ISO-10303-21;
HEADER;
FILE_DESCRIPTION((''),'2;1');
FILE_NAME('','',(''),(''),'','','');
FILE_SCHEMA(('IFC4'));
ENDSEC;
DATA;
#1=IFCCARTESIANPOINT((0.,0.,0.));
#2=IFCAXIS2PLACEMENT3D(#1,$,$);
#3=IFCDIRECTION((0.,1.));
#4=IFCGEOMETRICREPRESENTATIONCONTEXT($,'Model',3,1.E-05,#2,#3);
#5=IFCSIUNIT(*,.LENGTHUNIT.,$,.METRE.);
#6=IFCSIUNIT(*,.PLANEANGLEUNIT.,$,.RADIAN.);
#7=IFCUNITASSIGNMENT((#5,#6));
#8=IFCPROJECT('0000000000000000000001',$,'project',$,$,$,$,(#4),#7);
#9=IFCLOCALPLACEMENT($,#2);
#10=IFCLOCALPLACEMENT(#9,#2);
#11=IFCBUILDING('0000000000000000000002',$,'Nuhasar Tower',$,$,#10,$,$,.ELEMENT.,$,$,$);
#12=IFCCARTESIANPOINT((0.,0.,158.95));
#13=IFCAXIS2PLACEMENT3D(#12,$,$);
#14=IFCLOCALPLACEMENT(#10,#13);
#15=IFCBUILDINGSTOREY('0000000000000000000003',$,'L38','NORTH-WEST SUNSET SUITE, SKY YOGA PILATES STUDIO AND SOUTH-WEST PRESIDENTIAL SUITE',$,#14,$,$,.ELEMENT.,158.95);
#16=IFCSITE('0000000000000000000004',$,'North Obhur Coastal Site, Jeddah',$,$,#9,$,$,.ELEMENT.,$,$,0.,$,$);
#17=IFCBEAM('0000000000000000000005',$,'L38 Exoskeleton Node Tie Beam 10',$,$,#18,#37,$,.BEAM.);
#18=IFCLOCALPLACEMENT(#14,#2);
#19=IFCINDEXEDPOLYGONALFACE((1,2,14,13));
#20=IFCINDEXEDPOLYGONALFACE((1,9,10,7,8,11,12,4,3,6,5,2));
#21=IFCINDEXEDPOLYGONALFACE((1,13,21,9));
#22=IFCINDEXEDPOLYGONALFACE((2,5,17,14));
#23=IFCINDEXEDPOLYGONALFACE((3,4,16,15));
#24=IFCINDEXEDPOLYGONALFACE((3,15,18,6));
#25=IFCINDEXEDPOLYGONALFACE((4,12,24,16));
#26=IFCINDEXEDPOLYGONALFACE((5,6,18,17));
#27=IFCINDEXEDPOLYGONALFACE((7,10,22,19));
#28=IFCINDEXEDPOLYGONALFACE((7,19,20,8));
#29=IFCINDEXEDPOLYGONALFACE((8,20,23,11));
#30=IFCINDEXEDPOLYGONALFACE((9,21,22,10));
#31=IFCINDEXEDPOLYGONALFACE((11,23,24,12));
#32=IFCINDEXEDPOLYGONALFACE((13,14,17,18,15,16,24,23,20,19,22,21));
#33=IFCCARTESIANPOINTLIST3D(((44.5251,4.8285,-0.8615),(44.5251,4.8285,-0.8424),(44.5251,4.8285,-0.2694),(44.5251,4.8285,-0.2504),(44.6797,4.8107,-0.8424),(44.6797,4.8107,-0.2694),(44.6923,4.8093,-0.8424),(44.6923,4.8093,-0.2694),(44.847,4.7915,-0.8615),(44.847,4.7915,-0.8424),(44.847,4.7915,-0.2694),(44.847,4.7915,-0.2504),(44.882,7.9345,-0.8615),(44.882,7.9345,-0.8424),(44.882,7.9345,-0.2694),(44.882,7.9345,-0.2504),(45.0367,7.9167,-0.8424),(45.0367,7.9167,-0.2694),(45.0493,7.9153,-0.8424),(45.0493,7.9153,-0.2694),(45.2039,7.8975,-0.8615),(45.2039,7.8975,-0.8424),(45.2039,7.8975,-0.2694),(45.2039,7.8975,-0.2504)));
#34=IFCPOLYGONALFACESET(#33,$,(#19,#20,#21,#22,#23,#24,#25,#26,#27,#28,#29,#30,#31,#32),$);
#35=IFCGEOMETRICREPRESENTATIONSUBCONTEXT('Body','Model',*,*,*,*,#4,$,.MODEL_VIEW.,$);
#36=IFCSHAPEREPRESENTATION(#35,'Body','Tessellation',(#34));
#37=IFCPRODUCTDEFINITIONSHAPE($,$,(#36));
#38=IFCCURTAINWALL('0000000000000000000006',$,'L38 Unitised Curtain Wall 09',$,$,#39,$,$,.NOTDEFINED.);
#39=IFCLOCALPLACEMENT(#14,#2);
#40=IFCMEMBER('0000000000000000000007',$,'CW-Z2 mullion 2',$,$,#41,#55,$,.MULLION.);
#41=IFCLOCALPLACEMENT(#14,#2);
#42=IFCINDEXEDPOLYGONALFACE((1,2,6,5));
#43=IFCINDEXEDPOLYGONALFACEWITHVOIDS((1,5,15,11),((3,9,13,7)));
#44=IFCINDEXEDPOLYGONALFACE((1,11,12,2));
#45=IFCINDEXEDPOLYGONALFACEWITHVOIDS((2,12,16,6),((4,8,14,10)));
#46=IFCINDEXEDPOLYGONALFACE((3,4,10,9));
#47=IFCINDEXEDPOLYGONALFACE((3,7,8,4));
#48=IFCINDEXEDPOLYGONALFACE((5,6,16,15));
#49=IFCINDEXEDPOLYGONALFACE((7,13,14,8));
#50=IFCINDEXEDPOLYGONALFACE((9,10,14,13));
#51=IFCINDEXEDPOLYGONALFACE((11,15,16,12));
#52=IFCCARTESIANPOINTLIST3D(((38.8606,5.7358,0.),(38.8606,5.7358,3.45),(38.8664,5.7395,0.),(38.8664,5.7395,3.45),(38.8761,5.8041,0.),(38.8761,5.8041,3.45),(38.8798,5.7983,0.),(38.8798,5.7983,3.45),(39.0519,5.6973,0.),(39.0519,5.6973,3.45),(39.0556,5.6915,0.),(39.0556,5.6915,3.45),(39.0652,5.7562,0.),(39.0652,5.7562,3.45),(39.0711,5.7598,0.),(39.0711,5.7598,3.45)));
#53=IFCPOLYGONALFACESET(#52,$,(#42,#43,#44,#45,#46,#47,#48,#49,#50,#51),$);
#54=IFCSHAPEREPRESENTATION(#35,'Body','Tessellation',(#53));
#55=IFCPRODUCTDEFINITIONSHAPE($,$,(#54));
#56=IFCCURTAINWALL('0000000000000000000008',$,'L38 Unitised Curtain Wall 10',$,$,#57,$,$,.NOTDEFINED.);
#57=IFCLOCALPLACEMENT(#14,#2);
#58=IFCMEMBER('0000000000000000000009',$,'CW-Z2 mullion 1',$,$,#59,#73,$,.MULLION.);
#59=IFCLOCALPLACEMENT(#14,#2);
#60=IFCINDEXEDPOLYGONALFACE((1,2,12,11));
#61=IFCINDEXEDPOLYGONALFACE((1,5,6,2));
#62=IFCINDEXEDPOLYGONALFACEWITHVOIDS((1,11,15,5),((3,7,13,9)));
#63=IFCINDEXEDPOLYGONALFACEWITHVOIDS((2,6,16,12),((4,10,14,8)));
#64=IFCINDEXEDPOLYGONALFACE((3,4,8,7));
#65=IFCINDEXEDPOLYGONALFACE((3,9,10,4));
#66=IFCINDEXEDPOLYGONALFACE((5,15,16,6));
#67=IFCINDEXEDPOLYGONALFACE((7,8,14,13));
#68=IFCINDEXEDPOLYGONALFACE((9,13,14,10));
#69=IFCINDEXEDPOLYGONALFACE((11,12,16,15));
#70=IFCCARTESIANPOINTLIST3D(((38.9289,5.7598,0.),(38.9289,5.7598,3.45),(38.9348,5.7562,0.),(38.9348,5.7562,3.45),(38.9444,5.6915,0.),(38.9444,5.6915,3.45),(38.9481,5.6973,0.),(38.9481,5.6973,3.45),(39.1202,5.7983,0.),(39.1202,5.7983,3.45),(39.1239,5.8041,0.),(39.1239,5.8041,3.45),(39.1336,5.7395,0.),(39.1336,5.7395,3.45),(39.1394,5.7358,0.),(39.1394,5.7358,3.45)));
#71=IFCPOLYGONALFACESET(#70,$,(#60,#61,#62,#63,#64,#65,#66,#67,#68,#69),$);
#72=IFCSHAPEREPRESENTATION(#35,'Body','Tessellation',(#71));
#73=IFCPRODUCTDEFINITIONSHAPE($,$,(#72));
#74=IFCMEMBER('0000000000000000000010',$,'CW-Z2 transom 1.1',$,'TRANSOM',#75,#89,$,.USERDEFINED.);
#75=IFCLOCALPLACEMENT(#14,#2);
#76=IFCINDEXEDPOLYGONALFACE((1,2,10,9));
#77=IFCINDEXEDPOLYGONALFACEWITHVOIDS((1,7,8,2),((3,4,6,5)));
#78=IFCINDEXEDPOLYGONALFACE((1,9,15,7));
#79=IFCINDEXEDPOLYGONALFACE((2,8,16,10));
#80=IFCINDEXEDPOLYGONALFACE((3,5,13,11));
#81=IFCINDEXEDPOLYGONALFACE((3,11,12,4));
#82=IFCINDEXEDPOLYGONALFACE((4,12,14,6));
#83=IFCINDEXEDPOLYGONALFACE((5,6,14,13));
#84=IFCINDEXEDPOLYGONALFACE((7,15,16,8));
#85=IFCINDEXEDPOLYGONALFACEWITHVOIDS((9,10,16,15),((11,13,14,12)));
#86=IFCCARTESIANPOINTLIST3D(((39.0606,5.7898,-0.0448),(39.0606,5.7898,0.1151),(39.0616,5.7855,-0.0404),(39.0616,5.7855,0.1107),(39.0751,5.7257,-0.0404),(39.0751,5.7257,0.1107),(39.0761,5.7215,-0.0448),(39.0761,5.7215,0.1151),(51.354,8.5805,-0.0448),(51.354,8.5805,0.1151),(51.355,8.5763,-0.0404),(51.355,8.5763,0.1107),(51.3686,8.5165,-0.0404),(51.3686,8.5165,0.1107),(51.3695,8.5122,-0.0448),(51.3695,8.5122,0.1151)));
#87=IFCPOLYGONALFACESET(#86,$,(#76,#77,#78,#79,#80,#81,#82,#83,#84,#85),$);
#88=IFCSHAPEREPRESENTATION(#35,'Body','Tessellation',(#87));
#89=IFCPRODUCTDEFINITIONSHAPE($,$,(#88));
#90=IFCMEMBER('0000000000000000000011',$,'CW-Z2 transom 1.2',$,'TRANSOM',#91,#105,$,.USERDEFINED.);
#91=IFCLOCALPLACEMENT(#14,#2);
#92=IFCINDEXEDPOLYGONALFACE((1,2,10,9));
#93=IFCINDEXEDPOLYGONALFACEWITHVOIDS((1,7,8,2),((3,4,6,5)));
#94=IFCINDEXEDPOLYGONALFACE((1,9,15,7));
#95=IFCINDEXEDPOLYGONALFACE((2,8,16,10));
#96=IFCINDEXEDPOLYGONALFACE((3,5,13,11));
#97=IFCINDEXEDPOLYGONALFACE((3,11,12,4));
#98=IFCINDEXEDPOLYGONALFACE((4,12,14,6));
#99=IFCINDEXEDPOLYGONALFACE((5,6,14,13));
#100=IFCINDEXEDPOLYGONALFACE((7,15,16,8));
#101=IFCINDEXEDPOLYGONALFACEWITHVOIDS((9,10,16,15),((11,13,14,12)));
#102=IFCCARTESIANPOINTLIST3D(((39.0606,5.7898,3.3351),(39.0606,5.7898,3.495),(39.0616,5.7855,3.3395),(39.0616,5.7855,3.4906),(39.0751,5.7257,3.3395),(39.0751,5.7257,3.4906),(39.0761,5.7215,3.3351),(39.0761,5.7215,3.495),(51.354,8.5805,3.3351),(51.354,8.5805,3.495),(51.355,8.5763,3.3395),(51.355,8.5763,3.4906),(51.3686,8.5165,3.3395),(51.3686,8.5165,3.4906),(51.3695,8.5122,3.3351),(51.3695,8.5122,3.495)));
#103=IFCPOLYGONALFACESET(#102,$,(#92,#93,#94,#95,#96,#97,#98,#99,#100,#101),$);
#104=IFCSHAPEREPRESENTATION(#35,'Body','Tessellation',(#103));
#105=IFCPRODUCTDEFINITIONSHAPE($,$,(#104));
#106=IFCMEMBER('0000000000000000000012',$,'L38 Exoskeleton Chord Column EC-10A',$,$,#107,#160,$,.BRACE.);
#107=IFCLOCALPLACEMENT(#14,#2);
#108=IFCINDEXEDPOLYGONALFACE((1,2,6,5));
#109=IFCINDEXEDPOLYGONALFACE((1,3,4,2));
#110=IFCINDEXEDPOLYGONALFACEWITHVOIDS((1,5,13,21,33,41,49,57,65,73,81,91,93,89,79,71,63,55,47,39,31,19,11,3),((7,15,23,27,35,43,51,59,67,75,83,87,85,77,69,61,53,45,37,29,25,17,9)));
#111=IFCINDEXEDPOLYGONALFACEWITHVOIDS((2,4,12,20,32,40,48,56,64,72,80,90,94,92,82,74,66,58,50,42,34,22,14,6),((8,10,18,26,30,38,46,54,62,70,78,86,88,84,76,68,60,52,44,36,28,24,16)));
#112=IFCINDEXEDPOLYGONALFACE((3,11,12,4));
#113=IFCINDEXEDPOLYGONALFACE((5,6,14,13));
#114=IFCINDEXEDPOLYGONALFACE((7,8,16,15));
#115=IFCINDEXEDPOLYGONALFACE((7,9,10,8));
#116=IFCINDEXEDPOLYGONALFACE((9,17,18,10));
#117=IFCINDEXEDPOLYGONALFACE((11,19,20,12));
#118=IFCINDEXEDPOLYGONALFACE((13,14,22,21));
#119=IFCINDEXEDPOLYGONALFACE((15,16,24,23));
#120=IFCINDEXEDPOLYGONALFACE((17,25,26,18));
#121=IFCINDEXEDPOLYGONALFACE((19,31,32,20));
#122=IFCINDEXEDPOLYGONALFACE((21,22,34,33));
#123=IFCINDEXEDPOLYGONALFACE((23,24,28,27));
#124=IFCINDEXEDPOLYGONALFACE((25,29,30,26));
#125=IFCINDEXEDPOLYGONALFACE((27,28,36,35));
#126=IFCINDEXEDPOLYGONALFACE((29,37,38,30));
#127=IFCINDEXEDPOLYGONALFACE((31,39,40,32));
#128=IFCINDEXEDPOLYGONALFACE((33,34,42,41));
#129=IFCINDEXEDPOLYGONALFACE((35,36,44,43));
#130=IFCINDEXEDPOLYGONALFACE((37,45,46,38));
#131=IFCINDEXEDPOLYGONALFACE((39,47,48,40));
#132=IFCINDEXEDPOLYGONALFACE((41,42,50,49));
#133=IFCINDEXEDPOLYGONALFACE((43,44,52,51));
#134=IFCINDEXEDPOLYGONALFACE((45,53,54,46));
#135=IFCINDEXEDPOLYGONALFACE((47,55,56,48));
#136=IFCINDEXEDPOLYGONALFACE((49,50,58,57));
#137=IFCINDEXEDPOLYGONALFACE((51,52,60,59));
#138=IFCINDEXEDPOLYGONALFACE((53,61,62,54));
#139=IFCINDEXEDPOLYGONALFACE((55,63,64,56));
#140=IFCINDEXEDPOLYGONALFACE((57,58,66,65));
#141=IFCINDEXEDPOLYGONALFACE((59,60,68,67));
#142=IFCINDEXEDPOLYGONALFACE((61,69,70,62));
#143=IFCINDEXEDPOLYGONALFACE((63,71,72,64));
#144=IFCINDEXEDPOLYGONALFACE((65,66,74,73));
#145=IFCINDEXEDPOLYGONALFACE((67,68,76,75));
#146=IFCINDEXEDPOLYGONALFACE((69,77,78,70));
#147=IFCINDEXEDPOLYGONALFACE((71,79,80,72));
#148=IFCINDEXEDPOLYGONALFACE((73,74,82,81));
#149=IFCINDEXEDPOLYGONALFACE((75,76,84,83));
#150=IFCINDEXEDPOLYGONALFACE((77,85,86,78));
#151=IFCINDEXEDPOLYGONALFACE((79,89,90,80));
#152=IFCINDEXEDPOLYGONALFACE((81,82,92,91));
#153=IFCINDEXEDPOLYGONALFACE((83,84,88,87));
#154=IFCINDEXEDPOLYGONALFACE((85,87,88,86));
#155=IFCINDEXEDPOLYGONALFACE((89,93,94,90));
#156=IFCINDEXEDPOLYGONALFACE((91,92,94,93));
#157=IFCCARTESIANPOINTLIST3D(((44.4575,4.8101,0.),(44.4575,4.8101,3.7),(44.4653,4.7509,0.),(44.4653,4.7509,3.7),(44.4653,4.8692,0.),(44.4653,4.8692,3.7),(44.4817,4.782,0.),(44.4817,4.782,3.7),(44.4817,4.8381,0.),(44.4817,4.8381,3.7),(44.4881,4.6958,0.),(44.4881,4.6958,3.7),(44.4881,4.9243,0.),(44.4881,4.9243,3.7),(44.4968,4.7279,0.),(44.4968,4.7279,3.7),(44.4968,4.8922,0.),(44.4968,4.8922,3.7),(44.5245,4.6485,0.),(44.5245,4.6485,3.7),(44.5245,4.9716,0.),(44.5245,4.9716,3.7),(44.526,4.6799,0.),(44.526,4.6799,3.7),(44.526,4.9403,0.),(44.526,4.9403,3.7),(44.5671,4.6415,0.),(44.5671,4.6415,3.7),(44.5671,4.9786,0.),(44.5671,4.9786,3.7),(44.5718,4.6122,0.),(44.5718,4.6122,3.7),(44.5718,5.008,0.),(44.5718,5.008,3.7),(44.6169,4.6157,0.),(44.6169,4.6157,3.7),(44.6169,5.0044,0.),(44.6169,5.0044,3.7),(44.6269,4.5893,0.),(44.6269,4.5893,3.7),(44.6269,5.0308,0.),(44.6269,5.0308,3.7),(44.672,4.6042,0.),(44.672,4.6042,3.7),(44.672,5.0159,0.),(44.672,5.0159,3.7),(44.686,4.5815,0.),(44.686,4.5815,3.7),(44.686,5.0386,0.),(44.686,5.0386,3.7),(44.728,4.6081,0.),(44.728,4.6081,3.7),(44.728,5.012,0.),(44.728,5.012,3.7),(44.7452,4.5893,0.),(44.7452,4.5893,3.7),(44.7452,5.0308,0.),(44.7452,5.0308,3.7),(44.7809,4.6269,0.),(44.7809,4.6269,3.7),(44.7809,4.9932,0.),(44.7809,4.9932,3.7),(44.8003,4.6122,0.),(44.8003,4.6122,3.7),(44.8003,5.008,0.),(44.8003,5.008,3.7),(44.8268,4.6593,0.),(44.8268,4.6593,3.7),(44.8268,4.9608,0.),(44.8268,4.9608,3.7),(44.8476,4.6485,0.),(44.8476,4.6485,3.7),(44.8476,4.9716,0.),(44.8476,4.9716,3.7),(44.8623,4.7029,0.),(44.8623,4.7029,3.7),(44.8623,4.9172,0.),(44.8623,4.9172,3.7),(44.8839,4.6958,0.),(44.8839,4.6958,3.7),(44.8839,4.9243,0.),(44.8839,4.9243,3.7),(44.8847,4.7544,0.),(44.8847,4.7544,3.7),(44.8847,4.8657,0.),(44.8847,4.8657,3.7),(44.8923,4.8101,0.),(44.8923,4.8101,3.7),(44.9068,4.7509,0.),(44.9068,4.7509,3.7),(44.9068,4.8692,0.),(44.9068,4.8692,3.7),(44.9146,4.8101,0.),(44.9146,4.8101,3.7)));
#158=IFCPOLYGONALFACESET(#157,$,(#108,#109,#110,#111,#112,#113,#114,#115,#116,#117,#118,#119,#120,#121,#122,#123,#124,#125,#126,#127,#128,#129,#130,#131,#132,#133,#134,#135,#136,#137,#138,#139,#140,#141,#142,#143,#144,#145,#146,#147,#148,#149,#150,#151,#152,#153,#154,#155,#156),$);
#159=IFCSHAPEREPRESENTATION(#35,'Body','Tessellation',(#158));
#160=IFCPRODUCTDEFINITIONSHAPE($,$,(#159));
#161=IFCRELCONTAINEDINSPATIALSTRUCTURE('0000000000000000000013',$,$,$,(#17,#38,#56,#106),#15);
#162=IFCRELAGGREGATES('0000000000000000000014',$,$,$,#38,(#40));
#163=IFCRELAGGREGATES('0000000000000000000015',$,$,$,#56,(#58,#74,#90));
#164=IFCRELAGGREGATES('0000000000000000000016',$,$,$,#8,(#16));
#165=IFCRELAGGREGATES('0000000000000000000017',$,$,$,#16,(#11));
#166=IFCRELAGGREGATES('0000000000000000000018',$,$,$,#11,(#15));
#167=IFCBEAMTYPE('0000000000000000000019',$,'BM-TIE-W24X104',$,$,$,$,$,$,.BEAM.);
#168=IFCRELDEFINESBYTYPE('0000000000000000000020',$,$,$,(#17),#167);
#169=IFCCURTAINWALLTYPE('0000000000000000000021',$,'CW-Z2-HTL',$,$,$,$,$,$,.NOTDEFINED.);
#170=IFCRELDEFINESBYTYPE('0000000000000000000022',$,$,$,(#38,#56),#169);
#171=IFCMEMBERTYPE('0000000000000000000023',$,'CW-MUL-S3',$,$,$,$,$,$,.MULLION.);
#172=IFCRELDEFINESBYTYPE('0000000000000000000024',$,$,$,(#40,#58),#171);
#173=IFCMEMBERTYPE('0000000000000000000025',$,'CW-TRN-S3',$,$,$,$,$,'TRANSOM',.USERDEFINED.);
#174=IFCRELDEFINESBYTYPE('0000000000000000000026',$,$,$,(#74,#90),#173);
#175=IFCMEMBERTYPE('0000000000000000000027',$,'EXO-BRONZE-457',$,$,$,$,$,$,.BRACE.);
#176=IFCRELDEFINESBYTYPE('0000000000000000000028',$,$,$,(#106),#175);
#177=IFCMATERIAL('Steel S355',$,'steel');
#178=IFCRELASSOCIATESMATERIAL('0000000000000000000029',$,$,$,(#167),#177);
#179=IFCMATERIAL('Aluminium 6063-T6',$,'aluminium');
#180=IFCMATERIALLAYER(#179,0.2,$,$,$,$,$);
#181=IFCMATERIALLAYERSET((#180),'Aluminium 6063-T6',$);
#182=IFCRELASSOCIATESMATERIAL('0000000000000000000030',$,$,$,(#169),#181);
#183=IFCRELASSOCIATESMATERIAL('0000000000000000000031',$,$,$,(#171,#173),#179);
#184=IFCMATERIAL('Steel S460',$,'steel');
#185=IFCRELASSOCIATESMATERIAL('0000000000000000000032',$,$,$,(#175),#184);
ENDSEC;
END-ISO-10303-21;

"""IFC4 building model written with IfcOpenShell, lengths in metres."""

from ifc_helpers import new_model, si_unit, direction, frame, origin, origin_2d, place, context, subcontext, project, spatial, hollow_rectangle, hollow_circle, i_section, extrude, material, layer, layer_set, material_profile, profile_set, type_object, element, aggregate, save


model = new_model("IFC4")

# Units and contexts
model_context = context("Model", 3, precision=1e-05, world=origin(), true_north=direction((0.0, 1.0)))
body_context = subcontext(model_context, "Body", "Model", "MODEL_VIEW")
ifc_project = project(units=[si_unit("LENGTHUNIT", "METRE"), si_unit("PLANEANGLEUNIT", "RADIAN")], contexts=[model_context])

# Site, building, storey
site_placement = place(None, origin())
site = spatial("IfcSite", under=ifc_project, at=site_placement, Name="North Obhur Coastal Site, Jeddah", CompositionType="ELEMENT", RefElevation=0.0)
building_placement = place(site_placement, origin())
building = spatial("IfcBuilding", under=site, at=building_placement, Name="Nuhasar Tower", CompositionType="ELEMENT")
storey_placement = place(building_placement, frame((0.0, 0.0, 158.95)))
storey = spatial("IfcBuildingStorey", under=building, at=storey_placement, Name="L38", Description="NORTH-WEST SUNSET SUITE, SKY YOGA PILATES STUDIO AND SOUTH-WEST PRESIDENTIAL SUITE", CompositionType="ELEMENT", Elevation=158.95)

# Beam
ifc_material_1 = material(Name="Steel S355", Category="steel")
ifc_material_profile_1 = material_profile(ifc_material_1, i_section(OverallWidth=0.324, OverallDepth=0.6111, WebThickness=0.0127, FlangeThickness=0.019, at=origin_2d()), Name="W24X104")
ifc_profile_set_1 = profile_set([ifc_material_profile_1], Name="Steel S355")
beam_type_1 = type_object("IfcBeamType", Name="BM-TIE-W24X104", PredefinedType="BEAM", material=ifc_profile_set_1)
beam_1_placement = place(storey_placement, frame((45.043, 7.916, -0.5559), z_axis=(-0.114168, -0.993461, 0.0), x_axis=(0.993461, -0.114168, 0.0)))
element("IfcBeam", 1, at=beam_1_placement, inside=storey, type_object=beam_type_1, Name="L38 Exoskeleton Node Tie Beam 10", PredefinedType="BEAM", context=body_context, shape_type="SweptSolid", body=[
    extrude(i_section(OverallWidth=0.324, OverallDepth=0.6111, WebThickness=0.0127, FlangeThickness=0.019, at=origin_2d()), origin(), (0.0, 0.0, 1.0), 3.1265),
])

# Curtain wall, member
ifc_material_2 = material(Name="Aluminium 6063-T6", Category="aluminium")
ifc_layer_1 = layer(ifc_material_2, 0.2)
ifc_layer_set_1 = layer_set([ifc_layer_1], Name="Aluminium 6063-T6")
curtain_wall_type = type_object("IfcCurtainWallType", Name="CW-Z2-HTL", PredefinedType="NOTDEFINED", material=ifc_layer_set_1)
curtain_wall_1_placement = place(storey_placement, origin())
curtain_wall_1 = element("IfcCurtainWall", 2, at=curtain_wall_1_placement, inside=storey, type_object=curtain_wall_type, Name="L38 Unitised Curtain Wall 09", PredefinedType="NOTDEFINED")
ifc_material_profile_2 = material_profile(ifc_material_2, hollow_rectangle(XDim=0.0701, YDim=0.2, WallThickness=0.0049, at=origin_2d()), Name="CWM-3")
ifc_profile_set_2 = profile_set([ifc_material_profile_2], Name="Aluminium 6063-T6")
member_type_1 = type_object("IfcMemberType", Name="CW-MUL-S3", PredefinedType="MULLION", material=ifc_profile_set_2)
member_1_placement = place(storey_placement, frame((38.9658, 5.7478, 0.0), z_axis=(0.0, 0.0, 1.0), x_axis=(0.221397, 0.975184, 0.0)))
member_1 = element("IfcMember", 3, at=member_1_placement, type_object=member_type_1, Name="CW-Z2 mullion 2", PredefinedType="MULLION", context=body_context, shape_type="SweptSolid", body=[
    extrude(hollow_rectangle(XDim=0.0701, YDim=0.2, WallThickness=0.0049, at=origin_2d()), origin(), (0.0, 0.0, 1.0), 3.45),
])
aggregate(curtain_wall_1, [member_1])

# Curtain wall, members
curtain_wall_2_placement = place(storey_placement, origin())
curtain_wall_2 = element("IfcCurtainWall", 4, at=curtain_wall_2_placement, inside=storey, type_object=curtain_wall_type, Name="L38 Unitised Curtain Wall 10", PredefinedType="NOTDEFINED")
member_2_placement = place(storey_placement, frame((39.0342, 5.7478, 0.0), z_axis=(0.0, 0.0, 1.0), x_axis=(-0.221397, 0.975184, 0.0)))
member_2 = element("IfcMember", 5, at=member_2_placement, type_object=member_type_1, Name="CW-Z2 mullion 1", PredefinedType="MULLION", context=body_context, shape_type="SweptSolid", body=[
    extrude(hollow_rectangle(XDim=0.0701, YDim=0.2, WallThickness=0.0049, at=origin_2d()), origin(), (0.0, 0.0, 1.0), 3.45),
])
ifc_material_profile_3 = material_profile(ifc_material_2, hollow_rectangle(XDim=0.0701, YDim=0.1599, WallThickness=0.0044, at=origin_2d()), Name="CWT-3")
ifc_profile_set_3 = profile_set([ifc_material_profile_3], Name="Aluminium 6063-T6")
member_type_2 = type_object("IfcMemberType", Name="CW-TRN-S3", ElementType="TRANSOM", PredefinedType="USERDEFINED", material=ifc_profile_set_3)
member_3_placement = place(storey_placement, frame((39.0684, 5.7556, 0.0352), z_axis=(0.975188, 0.22138, 0.0), x_axis=(-0.22138, 0.975188, 0.0)))
member_3 = element("IfcMember", 6, at=member_3_placement, type_object=member_type_2, Name="CW-Z2 transom 1.1", ObjectType="TRANSOM", PredefinedType="USERDEFINED", context=body_context, shape_type="SweptSolid", body=[
    extrude(hollow_rectangle(XDim=0.0701, YDim=0.1599, WallThickness=0.0044, at=origin_2d()), origin(), (0.0, 0.0, 1.0), 12.6062),
])
member_4_placement = place(storey_placement, frame((39.0684, 5.7556, 3.415), z_axis=(0.975188, 0.22138, 0.0), x_axis=(-0.22138, 0.975188, 0.0)))
member_4 = element("IfcMember", 7, at=member_4_placement, type_object=member_type_2, Name="CW-Z2 transom 1.2", ObjectType="TRANSOM", PredefinedType="USERDEFINED", context=body_context, shape_type="SweptSolid", body=[
    extrude(hollow_rectangle(XDim=0.0701, YDim=0.1599, WallThickness=0.0044, at=origin_2d()), origin(), (0.0, 0.0, 1.0), 12.6062),
])

# Member
ifc_material_3 = material(Name="Steel S460", Category="steel")
ifc_material_profile_4 = material_profile(ifc_material_3, hollow_circle(Radius=0.2285, WallThickness=0.0222, at=origin_2d()), Name="HSS457X22.2")
ifc_profile_set_4 = profile_set([ifc_material_profile_4], Name="Steel S460")
member_type_3 = type_object("IfcMemberType", Name="EXO-BRONZE-457", PredefinedType="BRACE", material=ifc_profile_set_4)
member_5_placement = place(storey_placement, frame((44.686, 4.8101, 0.0), z_axis=(0.0, 0.0, 1.0), x_axis=(1.0, 0.0, 0.0)))
element("IfcMember", 8, at=member_5_placement, inside=storey, type_object=member_type_3, Name="L38 Exoskeleton Chord Column EC-10A", PredefinedType="BRACE", context=body_context, shape_type="SweptSolid", body=[
    extrude(hollow_circle(Radius=0.2285, WallThickness=0.0222, at=origin_2d()), origin(), (0.0, 0.0, 1.0), 3.7),
])

aggregate(curtain_wall_2, [member_2, member_3, member_4])

save(model, "model.ifc")
